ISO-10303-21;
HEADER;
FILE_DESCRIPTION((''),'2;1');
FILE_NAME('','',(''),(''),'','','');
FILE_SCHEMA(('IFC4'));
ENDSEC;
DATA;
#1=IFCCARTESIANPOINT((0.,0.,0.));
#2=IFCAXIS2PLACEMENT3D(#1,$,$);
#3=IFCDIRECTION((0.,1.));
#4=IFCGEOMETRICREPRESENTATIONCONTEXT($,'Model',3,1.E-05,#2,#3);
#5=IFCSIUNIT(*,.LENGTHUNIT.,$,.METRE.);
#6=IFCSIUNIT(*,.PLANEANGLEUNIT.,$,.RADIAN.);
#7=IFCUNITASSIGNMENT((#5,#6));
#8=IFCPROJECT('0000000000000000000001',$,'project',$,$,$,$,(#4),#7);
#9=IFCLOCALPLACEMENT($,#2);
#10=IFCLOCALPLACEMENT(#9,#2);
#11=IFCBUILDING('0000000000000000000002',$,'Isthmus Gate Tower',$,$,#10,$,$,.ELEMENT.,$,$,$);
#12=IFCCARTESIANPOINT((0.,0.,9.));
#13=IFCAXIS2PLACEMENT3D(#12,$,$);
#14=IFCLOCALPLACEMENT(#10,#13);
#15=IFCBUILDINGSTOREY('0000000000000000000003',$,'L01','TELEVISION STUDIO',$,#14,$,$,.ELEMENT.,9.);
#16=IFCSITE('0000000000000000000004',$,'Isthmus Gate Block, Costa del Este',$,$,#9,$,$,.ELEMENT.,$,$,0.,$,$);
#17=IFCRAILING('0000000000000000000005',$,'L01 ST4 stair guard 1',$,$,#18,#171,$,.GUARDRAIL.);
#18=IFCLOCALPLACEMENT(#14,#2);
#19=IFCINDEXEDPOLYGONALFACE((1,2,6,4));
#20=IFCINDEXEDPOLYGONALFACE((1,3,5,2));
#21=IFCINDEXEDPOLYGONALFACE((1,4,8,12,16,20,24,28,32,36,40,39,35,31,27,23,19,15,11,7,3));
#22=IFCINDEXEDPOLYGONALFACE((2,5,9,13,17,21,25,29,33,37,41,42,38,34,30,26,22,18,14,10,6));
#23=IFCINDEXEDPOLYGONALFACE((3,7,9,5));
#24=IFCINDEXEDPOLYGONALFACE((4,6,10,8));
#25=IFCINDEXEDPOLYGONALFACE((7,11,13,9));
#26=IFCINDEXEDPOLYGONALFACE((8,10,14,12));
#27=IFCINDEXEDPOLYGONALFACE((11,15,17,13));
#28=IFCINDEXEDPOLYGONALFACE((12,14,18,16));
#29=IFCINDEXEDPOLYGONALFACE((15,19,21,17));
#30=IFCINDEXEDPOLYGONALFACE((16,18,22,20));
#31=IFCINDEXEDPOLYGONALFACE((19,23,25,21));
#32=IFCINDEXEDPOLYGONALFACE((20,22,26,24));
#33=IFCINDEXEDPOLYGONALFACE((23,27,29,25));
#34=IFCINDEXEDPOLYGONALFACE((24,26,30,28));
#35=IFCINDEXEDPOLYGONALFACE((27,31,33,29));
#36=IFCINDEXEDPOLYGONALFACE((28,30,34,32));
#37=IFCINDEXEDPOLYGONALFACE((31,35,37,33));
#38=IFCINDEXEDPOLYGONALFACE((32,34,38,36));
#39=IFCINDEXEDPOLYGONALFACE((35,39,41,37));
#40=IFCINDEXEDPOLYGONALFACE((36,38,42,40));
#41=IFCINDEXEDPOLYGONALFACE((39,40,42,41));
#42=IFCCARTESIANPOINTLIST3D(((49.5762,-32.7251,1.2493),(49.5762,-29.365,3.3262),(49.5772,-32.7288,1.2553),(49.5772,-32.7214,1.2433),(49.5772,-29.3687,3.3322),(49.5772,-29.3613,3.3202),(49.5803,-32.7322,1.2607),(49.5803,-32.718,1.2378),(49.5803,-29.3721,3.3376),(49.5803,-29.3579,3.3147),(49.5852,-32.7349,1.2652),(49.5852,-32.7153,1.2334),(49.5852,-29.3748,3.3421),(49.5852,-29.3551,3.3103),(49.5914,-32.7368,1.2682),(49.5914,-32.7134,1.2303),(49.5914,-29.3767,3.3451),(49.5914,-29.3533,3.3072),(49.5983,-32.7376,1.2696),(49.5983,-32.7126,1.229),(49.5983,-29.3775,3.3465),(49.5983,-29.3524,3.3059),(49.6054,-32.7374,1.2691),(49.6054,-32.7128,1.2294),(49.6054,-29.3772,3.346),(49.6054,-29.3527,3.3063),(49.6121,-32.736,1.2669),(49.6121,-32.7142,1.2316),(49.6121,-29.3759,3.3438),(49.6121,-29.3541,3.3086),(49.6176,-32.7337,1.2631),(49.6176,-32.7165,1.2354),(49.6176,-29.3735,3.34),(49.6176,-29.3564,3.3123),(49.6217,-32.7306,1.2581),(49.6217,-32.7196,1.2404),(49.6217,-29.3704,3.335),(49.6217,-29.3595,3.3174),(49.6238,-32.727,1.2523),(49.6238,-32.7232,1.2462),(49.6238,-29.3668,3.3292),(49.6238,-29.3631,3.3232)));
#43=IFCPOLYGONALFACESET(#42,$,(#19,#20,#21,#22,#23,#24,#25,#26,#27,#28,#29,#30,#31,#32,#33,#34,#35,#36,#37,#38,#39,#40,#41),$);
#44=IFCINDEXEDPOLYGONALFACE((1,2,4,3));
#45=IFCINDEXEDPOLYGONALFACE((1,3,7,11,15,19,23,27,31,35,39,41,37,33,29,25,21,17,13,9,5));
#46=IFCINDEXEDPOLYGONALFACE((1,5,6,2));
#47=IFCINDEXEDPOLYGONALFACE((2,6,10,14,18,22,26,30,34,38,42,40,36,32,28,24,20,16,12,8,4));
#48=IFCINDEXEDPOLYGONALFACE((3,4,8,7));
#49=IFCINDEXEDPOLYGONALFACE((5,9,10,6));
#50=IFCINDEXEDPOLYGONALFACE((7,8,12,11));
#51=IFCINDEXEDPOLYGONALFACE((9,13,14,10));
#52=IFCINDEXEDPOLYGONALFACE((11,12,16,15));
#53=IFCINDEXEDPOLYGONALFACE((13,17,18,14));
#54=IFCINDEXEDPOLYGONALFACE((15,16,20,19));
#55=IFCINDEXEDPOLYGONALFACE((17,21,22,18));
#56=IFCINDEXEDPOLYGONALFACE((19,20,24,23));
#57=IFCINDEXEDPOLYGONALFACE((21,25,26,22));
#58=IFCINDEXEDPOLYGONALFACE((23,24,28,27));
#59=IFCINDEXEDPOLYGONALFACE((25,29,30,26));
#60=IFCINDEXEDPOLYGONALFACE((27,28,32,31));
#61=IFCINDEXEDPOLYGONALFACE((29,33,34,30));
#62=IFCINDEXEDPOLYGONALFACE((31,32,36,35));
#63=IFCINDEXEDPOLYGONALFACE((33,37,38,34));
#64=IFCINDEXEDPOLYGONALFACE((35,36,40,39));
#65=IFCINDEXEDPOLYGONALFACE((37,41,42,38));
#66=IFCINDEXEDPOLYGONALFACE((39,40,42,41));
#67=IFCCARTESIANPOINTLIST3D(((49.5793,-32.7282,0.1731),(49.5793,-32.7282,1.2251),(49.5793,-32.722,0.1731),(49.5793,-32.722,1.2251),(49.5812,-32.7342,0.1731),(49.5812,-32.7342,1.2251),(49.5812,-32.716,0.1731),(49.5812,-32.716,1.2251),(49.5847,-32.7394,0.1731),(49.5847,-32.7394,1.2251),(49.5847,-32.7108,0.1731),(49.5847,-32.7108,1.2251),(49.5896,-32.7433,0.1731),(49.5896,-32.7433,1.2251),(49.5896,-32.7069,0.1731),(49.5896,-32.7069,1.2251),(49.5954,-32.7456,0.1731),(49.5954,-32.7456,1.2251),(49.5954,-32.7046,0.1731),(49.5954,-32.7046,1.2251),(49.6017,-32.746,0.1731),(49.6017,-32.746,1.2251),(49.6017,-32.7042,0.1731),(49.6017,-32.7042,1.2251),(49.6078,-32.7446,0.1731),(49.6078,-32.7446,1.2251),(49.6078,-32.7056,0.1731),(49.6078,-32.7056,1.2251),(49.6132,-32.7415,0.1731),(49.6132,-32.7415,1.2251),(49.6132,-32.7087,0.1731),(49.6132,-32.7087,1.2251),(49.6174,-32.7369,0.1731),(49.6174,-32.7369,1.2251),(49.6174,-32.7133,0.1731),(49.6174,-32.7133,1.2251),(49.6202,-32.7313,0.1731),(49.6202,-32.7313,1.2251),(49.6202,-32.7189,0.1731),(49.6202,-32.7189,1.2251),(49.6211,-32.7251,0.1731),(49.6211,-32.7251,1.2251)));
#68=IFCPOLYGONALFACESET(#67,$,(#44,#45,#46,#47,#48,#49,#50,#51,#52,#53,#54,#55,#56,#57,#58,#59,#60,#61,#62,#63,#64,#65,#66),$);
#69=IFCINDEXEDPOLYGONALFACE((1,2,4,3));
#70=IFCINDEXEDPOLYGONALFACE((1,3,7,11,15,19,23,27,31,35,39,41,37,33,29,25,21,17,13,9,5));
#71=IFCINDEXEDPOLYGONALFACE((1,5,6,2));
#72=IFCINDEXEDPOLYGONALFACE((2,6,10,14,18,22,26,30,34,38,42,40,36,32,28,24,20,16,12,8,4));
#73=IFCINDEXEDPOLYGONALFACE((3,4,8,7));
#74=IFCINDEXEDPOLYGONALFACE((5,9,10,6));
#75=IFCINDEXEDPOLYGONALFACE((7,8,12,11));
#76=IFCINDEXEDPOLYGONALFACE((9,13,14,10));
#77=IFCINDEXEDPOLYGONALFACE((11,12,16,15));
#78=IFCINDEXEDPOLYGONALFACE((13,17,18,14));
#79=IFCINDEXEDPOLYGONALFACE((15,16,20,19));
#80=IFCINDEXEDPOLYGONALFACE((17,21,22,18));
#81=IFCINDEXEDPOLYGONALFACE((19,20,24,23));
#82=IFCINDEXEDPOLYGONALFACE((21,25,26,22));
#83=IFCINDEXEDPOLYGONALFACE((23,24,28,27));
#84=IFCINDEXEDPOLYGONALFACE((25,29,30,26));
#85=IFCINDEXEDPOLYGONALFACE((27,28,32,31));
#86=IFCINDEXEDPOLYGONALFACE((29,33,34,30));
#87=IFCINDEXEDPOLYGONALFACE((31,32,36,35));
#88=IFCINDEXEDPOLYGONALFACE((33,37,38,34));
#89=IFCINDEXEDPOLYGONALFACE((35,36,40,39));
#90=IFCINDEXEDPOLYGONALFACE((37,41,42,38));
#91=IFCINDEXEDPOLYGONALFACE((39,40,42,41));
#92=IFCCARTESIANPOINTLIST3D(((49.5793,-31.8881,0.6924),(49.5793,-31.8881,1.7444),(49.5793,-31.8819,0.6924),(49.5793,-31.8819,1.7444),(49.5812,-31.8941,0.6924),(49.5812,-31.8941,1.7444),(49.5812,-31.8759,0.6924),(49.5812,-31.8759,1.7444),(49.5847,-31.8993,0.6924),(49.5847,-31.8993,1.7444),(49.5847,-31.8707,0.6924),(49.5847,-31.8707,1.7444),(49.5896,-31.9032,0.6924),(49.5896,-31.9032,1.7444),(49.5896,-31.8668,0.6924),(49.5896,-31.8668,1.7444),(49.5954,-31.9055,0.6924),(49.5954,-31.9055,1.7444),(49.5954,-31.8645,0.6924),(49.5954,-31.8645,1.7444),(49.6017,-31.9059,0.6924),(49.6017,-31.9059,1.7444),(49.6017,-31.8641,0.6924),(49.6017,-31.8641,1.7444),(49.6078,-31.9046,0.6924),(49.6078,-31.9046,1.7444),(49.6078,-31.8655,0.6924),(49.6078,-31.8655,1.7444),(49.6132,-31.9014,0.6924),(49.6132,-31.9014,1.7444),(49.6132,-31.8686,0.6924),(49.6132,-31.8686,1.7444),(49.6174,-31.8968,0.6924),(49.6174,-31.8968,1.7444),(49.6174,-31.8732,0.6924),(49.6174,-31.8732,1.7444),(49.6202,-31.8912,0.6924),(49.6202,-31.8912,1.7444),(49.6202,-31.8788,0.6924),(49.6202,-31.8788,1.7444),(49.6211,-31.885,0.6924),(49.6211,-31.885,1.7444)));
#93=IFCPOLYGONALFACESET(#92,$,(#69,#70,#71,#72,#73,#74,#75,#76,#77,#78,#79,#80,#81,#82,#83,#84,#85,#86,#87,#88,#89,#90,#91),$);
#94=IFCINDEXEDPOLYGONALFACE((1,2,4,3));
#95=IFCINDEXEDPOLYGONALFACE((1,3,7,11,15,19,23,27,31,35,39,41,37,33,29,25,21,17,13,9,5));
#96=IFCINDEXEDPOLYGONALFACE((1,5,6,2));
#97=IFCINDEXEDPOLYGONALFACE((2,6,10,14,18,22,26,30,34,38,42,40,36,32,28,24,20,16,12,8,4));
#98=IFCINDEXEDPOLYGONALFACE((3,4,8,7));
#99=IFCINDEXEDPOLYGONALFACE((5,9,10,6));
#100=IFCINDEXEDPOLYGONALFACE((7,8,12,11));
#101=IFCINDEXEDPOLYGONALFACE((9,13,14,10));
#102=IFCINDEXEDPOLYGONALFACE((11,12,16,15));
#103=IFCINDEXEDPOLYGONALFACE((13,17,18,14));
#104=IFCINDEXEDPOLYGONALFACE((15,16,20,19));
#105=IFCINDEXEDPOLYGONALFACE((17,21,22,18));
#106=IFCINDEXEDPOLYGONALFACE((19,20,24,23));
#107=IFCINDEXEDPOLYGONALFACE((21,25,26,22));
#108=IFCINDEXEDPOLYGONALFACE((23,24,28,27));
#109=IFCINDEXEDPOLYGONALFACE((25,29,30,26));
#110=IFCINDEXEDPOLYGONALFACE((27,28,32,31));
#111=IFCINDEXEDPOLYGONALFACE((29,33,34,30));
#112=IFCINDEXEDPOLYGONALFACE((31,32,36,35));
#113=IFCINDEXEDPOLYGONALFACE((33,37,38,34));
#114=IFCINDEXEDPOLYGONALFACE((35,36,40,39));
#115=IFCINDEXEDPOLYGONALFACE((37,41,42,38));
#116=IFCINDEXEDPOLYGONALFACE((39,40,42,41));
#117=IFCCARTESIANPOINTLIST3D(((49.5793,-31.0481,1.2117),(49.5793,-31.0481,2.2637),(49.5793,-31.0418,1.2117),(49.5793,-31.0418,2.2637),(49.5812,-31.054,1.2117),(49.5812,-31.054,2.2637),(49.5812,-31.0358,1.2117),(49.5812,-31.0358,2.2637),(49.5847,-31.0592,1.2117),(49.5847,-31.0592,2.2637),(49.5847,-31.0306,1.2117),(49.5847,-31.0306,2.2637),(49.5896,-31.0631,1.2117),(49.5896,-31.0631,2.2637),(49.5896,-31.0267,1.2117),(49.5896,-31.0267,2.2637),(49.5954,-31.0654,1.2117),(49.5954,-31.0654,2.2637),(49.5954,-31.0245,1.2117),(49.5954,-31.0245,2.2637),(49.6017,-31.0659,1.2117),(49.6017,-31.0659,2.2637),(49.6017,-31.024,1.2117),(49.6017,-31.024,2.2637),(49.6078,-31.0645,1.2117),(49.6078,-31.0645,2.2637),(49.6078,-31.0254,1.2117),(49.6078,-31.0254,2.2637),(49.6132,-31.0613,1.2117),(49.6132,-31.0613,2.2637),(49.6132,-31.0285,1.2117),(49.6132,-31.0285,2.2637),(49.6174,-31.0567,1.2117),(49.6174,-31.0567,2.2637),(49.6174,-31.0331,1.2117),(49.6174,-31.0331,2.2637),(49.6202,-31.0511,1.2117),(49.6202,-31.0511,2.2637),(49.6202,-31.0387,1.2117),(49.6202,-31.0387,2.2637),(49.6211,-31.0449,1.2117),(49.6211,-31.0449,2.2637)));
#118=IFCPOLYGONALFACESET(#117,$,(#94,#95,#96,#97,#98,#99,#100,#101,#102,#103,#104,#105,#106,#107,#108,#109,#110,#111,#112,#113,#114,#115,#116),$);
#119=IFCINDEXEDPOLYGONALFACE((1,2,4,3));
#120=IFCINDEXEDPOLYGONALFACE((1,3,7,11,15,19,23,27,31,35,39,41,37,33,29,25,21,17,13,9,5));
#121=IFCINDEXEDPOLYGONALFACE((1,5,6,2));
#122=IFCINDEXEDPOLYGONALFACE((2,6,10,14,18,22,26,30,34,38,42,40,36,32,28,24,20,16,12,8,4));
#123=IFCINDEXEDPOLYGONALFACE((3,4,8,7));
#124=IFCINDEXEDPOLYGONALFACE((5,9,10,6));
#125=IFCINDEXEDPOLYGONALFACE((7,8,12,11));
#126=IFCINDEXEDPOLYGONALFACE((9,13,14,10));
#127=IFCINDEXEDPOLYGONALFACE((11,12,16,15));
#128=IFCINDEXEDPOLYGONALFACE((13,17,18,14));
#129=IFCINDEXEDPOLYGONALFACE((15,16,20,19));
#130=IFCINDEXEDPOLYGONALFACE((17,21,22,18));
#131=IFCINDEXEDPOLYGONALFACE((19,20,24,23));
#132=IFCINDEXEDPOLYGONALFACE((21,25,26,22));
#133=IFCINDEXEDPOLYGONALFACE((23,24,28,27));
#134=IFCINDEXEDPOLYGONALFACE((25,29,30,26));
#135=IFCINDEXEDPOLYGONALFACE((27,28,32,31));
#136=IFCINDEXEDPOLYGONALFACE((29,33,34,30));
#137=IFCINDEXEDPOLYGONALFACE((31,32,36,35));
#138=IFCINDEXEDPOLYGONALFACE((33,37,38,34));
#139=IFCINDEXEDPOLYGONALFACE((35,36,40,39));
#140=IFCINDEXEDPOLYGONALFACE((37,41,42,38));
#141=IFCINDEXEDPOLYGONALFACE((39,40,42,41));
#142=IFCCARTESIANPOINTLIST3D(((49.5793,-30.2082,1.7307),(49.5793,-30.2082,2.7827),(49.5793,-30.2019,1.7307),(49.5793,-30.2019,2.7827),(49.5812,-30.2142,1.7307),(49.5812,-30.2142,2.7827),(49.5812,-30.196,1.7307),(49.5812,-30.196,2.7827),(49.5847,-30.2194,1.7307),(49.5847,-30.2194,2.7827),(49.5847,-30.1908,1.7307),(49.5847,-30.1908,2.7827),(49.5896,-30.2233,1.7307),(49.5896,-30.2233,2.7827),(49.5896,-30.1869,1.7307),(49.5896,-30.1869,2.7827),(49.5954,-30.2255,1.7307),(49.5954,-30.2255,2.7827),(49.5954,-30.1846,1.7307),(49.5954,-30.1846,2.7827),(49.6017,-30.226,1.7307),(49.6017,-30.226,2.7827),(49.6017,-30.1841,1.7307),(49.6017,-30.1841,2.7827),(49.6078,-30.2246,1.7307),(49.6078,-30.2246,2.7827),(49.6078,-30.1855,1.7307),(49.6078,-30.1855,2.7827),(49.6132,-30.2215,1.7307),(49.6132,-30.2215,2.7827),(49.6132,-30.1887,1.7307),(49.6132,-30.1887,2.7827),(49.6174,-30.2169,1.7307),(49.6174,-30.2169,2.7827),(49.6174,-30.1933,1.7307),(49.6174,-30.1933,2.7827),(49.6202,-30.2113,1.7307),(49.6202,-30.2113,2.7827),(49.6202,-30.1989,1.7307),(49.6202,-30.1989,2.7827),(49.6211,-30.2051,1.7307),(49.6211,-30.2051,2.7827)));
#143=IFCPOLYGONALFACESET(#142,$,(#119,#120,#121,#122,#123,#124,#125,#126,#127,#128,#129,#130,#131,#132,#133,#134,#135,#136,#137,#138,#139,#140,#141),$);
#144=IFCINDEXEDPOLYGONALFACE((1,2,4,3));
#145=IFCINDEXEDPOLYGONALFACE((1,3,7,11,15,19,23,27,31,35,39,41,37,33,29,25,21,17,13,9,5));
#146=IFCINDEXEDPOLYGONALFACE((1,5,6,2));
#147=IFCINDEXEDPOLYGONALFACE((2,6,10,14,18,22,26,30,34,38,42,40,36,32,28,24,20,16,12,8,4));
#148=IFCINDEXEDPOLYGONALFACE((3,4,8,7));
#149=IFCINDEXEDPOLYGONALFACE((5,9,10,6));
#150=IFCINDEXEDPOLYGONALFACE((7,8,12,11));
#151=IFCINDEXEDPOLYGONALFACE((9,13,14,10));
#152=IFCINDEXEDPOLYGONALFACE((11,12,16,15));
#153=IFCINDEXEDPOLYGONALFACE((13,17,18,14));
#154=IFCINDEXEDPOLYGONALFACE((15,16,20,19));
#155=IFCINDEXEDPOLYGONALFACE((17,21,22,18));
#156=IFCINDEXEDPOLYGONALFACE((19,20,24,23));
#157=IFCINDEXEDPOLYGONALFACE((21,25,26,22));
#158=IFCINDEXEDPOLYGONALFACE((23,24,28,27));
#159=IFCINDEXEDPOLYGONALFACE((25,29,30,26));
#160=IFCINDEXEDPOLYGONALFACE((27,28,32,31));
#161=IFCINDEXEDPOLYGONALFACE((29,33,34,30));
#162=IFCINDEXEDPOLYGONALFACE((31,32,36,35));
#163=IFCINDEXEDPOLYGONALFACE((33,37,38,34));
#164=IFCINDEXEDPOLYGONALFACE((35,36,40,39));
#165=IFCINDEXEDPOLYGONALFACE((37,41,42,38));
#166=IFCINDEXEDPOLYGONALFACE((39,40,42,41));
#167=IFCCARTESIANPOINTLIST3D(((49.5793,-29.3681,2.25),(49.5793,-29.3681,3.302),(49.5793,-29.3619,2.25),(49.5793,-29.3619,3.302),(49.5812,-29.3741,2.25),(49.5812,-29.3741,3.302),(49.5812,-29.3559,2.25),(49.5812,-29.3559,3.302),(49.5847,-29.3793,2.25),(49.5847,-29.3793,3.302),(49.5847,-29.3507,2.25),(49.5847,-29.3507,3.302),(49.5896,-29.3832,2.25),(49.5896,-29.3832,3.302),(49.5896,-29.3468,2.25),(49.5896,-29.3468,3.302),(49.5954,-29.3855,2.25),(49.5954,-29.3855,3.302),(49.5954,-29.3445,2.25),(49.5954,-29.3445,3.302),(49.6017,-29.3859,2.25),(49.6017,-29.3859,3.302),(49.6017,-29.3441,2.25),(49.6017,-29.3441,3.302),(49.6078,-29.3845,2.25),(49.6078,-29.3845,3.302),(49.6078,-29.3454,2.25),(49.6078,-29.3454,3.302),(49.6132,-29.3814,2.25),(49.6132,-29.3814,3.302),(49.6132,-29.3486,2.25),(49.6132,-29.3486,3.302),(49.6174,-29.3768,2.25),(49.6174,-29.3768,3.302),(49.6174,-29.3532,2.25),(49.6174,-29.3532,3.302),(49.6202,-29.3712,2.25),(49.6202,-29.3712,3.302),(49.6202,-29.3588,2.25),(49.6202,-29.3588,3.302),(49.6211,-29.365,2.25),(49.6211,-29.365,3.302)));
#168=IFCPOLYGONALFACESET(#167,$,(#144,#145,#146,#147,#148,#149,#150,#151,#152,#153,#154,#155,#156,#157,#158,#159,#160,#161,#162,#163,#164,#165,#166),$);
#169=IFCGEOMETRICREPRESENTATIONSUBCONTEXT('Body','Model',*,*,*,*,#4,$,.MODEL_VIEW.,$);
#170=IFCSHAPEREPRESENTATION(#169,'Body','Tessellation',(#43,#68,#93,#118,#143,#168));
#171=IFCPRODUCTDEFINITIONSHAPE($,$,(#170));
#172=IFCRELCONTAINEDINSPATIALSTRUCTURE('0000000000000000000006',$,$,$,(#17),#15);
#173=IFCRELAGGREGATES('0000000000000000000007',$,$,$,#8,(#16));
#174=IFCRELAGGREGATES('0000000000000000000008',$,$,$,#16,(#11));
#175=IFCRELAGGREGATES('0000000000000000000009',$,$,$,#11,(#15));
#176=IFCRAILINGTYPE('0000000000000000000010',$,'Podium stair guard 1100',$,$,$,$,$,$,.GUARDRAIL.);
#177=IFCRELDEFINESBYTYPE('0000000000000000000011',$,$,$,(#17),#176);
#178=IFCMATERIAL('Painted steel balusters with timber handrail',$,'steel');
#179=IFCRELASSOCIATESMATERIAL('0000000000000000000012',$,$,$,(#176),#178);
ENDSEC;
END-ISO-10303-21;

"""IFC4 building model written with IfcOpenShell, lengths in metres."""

from ifc_helpers import new_model, si_unit, direction, frame, origin, origin_2d, place, context, subcontext, project, spatial, circle, extrude, material, type_object, element, save


model = new_model("IFC4")

# Units and contexts
model_context = context("Model", 3, precision=1e-05, world=origin(), true_north=direction((0.0, 1.0)))
body_context = subcontext(model_context, "Body", "Model", "MODEL_VIEW")
ifc_project = project(units=[si_unit("LENGTHUNIT", "METRE"), si_unit("PLANEANGLEUNIT", "RADIAN")], contexts=[model_context])

# Site, building, storey
site_placement = place(None, origin())
site = spatial("IfcSite", under=ifc_project, at=site_placement, Name="Isthmus Gate Block, Costa del Este", CompositionType="ELEMENT", RefElevation=0.0)
building_placement = place(site_placement, origin())
building = spatial("IfcBuilding", under=site, at=building_placement, Name="Isthmus Gate Tower", CompositionType="ELEMENT")
storey_placement = place(building_placement, frame((0.0, 0.0, 9.0)))
storey = spatial("IfcBuildingStorey", under=building, at=storey_placement, Name="L01", Description="TELEVISION STUDIO", CompositionType="ELEMENT", Elevation=9.0)

# Railing
ifc_material_1 = material(Name="Painted steel balusters with timber handrail", Category="steel")
railing_type_1 = type_object("IfcRailingType", Name="Podium stair guard 1100", PredefinedType="GUARDRAIL", material=ifc_material_1)
railing_1_placement = place(storey_placement, frame((49.6001, -32.7251, 0.1731)))
element("IfcRailing", 1, at=railing_1_placement, inside=storey, type_object=railing_type_1, Name="L01 ST4 stair guard 1", PredefinedType="GUARDRAIL", context=body_context, shape_type="SweptSolid", body=[
    extrude(circle(Radius=0.0239, at=origin_2d()), frame((0.0, 0.0, 1.0762), z_axis=(0.0, 0.850623, 0.525776), x_axis=(-1.0, 0.0, 0.0)), (0.0, 0.0, 1.0), 3.9502),
    extrude(circle(Radius=0.021, at=origin_2d()), origin(), (0.0, 0.0, 1.0), 1.052),
    extrude(circle(Radius=0.021, at=origin_2d()), frame((0.0, 0.8401, 0.5193)), (0.0, 0.0, 1.0), 1.052),
    extrude(circle(Radius=0.021, at=origin_2d()), frame((0.0, 1.6802, 1.0386)), (0.0, 0.0, 1.0), 1.052),
    extrude(circle(Radius=0.021, at=origin_2d()), frame((0.0, 2.52, 1.5576)), (0.0, 0.0, 1.0), 1.052),
    extrude(circle(Radius=0.021, at=origin_2d()), frame((0.0, 3.3601, 2.0769)), (0.0, 0.0, 1.0), 1.052),
])

save(model, "model.ifc")
